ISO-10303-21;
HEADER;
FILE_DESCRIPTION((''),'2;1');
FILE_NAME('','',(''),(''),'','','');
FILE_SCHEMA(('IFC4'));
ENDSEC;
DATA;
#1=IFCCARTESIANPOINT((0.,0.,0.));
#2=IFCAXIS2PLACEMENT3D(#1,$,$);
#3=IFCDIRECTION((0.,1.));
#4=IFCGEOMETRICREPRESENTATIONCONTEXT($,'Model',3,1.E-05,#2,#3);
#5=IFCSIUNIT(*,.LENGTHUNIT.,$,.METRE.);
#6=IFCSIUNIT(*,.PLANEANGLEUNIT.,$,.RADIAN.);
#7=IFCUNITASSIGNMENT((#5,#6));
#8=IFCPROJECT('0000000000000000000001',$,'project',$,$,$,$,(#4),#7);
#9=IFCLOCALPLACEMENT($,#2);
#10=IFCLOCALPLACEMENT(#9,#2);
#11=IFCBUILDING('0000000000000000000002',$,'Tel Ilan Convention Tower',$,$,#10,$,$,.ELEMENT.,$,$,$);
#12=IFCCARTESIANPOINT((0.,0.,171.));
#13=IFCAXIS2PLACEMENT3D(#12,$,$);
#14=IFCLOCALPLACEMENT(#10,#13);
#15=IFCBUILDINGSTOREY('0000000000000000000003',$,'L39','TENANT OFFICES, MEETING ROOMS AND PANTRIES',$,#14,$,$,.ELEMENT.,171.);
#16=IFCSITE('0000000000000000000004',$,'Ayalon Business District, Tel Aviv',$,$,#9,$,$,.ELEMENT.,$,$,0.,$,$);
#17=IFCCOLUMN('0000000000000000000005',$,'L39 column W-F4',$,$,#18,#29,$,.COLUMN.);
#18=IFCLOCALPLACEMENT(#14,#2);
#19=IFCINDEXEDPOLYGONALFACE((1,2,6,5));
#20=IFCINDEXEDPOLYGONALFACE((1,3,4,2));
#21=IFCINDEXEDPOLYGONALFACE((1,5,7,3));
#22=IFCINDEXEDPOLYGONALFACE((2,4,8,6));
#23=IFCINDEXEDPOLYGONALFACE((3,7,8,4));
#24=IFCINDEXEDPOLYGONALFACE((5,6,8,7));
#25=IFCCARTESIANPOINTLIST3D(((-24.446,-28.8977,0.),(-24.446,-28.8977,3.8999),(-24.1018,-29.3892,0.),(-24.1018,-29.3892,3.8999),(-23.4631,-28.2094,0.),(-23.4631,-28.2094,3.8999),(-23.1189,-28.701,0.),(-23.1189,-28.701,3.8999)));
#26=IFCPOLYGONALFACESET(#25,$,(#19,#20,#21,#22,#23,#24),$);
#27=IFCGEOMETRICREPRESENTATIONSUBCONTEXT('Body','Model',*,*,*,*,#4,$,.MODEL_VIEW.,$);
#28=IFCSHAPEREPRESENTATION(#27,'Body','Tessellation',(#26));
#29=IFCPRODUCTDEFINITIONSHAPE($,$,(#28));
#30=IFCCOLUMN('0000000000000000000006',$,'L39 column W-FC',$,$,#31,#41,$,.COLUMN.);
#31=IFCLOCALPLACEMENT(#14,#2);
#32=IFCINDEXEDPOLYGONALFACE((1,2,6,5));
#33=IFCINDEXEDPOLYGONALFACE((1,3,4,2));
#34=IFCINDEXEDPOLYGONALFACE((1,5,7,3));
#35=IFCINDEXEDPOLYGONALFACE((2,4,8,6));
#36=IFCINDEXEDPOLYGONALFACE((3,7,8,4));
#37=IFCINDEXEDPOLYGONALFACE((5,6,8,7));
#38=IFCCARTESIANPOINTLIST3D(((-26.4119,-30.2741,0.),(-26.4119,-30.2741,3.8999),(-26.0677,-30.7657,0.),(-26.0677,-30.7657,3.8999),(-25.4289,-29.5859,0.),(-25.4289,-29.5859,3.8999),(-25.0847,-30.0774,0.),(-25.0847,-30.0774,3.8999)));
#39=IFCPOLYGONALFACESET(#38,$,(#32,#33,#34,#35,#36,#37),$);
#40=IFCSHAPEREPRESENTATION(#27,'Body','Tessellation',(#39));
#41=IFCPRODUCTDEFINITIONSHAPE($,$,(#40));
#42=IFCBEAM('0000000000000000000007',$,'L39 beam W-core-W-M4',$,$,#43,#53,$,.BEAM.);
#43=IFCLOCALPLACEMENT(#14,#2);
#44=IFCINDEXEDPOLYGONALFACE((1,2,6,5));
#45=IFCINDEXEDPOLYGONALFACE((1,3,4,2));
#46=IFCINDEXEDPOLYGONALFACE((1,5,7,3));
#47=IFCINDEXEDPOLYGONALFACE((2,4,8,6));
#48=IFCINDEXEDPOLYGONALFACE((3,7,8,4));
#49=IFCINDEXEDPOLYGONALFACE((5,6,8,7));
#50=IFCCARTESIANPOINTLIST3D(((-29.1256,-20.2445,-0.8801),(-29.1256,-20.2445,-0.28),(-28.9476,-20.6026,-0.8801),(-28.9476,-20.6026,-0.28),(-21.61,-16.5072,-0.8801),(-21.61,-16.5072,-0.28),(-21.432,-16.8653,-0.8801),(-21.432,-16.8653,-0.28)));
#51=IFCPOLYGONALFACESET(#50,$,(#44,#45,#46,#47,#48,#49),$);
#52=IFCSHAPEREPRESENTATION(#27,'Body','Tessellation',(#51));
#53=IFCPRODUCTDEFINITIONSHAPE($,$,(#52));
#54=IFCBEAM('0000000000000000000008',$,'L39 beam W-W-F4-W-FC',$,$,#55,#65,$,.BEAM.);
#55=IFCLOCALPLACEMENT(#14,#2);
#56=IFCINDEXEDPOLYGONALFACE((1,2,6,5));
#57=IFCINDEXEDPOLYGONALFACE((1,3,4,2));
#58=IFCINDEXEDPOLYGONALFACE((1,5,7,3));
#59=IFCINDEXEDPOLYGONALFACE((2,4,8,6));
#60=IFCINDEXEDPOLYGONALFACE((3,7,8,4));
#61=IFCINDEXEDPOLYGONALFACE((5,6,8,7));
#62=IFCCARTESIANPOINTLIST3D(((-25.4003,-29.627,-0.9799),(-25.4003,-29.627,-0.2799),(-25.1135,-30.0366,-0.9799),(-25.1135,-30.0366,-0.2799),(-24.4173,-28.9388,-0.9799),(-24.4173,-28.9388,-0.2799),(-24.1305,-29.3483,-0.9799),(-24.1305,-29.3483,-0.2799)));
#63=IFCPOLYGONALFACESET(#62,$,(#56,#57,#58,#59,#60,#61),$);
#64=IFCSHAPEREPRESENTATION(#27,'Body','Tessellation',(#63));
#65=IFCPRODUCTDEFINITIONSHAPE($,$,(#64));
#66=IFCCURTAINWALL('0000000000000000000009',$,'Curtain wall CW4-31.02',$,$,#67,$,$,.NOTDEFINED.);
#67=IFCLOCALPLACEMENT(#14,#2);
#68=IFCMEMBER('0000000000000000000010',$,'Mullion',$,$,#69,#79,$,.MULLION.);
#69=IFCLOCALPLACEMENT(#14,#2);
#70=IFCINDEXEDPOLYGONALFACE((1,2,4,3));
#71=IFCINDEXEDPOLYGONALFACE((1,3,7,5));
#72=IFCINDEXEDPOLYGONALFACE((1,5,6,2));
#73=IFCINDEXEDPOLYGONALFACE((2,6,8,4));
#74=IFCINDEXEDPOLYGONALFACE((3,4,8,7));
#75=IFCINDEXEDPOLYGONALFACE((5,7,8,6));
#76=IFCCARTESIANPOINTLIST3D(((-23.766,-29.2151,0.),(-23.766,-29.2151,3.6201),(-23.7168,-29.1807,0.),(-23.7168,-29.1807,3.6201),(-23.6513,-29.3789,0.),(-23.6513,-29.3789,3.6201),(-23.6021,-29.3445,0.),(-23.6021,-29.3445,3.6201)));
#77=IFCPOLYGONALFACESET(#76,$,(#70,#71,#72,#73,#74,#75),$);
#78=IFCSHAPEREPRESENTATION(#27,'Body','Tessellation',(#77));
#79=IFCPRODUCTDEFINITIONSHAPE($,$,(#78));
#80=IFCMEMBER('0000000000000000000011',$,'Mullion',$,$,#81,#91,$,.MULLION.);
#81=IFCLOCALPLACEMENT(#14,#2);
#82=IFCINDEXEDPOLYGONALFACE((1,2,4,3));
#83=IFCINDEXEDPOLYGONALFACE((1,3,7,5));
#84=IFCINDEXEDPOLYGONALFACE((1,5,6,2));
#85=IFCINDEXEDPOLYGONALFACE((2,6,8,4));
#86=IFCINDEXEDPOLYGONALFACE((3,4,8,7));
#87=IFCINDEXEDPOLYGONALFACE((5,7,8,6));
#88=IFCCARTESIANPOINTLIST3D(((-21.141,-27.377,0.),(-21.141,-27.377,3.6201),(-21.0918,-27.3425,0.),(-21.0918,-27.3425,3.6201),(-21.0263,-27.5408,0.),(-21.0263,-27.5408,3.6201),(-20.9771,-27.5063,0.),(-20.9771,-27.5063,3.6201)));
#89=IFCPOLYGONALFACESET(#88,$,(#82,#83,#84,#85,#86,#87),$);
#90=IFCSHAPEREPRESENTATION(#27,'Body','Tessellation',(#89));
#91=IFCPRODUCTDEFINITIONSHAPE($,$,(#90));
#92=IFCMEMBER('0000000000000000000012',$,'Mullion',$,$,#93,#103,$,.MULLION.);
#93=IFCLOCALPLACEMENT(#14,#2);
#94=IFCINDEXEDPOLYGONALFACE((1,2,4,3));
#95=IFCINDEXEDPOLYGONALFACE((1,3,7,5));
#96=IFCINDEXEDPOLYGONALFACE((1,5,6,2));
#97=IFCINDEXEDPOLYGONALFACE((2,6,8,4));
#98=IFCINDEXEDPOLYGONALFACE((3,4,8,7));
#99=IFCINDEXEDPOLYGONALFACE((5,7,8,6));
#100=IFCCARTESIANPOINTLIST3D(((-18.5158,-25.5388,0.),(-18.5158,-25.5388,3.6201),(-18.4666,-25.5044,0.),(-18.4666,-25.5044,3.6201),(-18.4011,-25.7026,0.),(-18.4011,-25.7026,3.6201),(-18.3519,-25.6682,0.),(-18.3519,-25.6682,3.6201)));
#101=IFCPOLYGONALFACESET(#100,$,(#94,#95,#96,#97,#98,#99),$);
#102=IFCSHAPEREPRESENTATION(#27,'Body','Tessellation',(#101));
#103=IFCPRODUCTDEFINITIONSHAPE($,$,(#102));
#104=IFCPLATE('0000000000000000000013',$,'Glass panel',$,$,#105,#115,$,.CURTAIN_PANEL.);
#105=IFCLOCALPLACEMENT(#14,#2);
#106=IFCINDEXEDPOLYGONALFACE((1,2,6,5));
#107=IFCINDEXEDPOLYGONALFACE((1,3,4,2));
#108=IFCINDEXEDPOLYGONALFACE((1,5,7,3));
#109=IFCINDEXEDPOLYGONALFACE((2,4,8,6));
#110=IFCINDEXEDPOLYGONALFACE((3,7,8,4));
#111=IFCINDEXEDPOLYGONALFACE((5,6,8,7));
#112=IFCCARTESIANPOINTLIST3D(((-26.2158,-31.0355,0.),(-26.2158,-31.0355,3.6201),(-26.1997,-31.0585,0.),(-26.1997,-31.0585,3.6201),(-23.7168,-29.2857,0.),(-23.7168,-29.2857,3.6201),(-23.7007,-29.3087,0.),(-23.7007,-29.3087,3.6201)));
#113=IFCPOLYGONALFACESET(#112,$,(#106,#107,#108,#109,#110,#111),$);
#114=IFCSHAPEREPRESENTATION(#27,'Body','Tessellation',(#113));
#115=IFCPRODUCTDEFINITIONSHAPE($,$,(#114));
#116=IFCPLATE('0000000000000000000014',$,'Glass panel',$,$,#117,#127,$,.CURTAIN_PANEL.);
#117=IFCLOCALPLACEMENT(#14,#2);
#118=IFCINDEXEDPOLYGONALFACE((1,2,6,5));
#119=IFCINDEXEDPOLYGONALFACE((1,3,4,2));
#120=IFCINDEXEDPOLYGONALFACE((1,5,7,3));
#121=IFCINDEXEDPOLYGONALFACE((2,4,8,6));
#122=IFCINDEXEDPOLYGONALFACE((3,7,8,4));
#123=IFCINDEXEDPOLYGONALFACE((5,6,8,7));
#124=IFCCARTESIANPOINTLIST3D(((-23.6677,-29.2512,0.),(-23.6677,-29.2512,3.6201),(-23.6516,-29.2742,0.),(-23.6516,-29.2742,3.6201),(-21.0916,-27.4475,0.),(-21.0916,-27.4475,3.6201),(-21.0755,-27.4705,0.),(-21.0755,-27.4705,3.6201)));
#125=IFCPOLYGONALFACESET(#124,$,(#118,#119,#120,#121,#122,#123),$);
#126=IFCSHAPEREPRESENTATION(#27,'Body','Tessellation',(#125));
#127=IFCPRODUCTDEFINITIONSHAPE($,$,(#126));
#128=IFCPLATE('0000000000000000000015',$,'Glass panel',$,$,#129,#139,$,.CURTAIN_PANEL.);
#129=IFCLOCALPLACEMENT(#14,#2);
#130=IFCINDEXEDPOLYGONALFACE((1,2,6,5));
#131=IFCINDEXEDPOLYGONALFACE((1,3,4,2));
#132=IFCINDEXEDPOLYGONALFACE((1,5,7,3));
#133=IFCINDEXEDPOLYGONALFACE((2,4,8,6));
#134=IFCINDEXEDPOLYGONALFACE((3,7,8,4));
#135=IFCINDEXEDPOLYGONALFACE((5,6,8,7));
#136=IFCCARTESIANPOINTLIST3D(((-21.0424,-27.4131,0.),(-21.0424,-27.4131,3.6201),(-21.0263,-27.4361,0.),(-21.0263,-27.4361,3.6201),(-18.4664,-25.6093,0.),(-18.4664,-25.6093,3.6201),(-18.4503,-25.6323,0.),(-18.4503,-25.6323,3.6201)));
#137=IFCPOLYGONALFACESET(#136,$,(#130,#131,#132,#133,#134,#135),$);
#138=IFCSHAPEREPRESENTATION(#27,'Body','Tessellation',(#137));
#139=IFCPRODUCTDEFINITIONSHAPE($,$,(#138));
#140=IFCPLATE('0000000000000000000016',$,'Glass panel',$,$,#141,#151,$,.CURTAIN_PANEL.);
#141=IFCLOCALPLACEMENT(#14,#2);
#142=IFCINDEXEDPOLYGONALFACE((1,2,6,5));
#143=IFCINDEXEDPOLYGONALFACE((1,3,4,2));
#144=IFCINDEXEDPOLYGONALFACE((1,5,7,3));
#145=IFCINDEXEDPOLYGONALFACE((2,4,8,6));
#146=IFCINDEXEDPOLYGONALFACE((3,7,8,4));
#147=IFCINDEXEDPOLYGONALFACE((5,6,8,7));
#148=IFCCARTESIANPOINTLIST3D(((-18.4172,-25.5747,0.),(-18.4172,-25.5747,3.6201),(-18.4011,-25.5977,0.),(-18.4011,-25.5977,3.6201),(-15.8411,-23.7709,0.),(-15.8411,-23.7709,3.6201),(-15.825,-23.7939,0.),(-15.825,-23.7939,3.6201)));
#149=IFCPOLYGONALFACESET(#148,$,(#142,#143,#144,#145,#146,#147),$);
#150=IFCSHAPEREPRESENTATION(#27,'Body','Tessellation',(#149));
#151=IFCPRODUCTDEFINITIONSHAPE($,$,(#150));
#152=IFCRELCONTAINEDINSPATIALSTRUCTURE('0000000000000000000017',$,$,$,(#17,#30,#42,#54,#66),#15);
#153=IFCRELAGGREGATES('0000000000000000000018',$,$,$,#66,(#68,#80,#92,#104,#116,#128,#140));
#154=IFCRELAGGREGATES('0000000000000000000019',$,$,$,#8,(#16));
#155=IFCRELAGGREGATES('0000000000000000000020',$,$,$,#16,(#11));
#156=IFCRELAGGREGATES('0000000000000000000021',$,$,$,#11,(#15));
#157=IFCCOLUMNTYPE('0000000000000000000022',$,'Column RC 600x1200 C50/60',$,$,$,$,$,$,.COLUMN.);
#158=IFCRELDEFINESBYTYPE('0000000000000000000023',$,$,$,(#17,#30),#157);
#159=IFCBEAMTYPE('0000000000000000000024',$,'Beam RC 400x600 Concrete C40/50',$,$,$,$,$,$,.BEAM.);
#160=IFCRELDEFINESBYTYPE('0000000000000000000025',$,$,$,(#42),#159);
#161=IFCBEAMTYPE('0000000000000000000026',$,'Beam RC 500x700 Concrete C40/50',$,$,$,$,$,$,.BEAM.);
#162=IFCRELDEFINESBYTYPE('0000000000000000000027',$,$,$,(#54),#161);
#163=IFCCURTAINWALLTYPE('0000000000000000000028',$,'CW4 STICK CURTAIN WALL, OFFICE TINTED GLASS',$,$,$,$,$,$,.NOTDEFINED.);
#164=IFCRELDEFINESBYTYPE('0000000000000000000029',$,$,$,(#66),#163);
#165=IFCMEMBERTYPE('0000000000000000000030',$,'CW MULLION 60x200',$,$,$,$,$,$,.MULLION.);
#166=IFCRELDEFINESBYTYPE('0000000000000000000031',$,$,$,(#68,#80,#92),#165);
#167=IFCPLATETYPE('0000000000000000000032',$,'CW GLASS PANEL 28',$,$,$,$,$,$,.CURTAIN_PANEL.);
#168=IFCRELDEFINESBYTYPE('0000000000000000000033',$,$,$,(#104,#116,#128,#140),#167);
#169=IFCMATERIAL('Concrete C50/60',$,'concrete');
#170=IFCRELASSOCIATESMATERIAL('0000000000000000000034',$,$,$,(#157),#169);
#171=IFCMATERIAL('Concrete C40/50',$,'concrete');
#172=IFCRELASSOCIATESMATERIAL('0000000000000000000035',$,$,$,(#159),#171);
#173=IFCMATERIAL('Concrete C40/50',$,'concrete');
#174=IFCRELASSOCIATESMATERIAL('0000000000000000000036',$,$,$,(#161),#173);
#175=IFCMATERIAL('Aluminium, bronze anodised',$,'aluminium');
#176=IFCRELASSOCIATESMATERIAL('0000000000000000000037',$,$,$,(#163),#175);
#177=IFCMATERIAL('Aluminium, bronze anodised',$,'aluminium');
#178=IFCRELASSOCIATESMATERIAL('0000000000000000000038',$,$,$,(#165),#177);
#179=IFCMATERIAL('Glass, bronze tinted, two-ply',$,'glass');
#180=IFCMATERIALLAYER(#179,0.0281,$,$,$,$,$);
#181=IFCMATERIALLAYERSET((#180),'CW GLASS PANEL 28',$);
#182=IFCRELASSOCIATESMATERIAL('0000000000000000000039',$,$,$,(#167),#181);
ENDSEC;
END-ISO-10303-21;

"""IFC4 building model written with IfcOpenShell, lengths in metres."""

from ifc_helpers import new_model, si_unit, direction, frame, origin, origin_2d, place, context, subcontext, project, spatial, rectangle, extrude, material, layer, layer_set, material_profile, profile_set, type_object, element, aggregate, save


model = new_model("IFC4")

# Units and contexts
model_context = context("Model", 3, precision=1e-05, world=origin(), true_north=direction((0.0, 1.0)))
body_context = subcontext(model_context, "Body", "Model", "MODEL_VIEW")
ifc_project = project(units=[si_unit("LENGTHUNIT", "METRE"), si_unit("PLANEANGLEUNIT", "RADIAN")], contexts=[model_context])

# Site, building, storey
site_placement = place(None, origin())
site = spatial("IfcSite", under=ifc_project, at=site_placement, Name="Ayalon Business District, Tel Aviv", CompositionType="ELEMENT", RefElevation=0.0)
building_placement = place(site_placement, origin())
building = spatial("IfcBuilding", under=site, at=building_placement, Name="Tel Ilan Convention Tower", CompositionType="ELEMENT")
storey_placement = place(building_placement, frame((0.0, 0.0, 171.0)))
storey = spatial("IfcBuildingStorey", under=building, at=storey_placement, Name="L39", Description="TENANT OFFICES, MEETING ROOMS AND PANTRIES", CompositionType="ELEMENT", Elevation=171.0)

# Columns
ifc_material_1 = material(Name="Concrete C50/60", Category="concrete")
ifc_material_profile_1 = material_profile(ifc_material_1, rectangle(XDim=1.2, YDim=0.6001, at=origin_2d()), Name="RC 600x1200")
ifc_profile_set_1 = profile_set([ifc_material_profile_1], Name="Concrete C50/60")
column_type = type_object("IfcColumnType", Name="Column RC 600x1200 C50/60", PredefinedType="COLUMN", material=ifc_profile_set_1)
for number, where, z_axis, x_axis, name in (
    (1, (-23.7825, -28.7993, 0.0), (0.0, 0.0, 1.0), (-0.819152, -0.573576, 0.0), "L39 column W-F4"),
    (2, (-25.7483, -30.1758, 0.0), (0.0, 0.0, 1.0), (-0.819152, -0.573576, 0.0), "L39 column W-FC"),
):
    element("IfcColumn", number, at=place(storey_placement, frame(where, z_axis=z_axis, x_axis=x_axis)), inside=storey, type_object=column_type, Name=name, PredefinedType="COLUMN", context=body_context, shape_type="SweptSolid", body=[
        extrude(rectangle(XDim=1.2, YDim=0.6001, at=origin_2d()), origin(), (0.0, 0.0, 1.0), 3.8999),
    ])

# Beams
ifc_material_2 = material(Name="Concrete C40/50", Category="concrete")
ifc_material_profile_2 = material_profile(ifc_material_2, rectangle(XDim=0.3999, YDim=0.6001, at=origin_2d()), Name="RC 400x600")
ifc_profile_set_2 = profile_set([ifc_material_profile_2], Name="Concrete C40/50")
beam_type_1 = type_object("IfcBeamType", Name="Beam RC 400x600 Concrete C40/50", PredefinedType="BEAM", material=ifc_profile_set_2)
beam_1_placement = place(storey_placement, frame((-21.521, -16.6863, -0.5801), z_axis=(-0.895402, -0.445258, 0.0), x_axis=(0.445258, -0.895402, 0.0)))
element("IfcBeam", 3, at=beam_1_placement, inside=storey, type_object=beam_type_1, Name="L39 beam W-core-W-M4", PredefinedType="BEAM", context=body_context, shape_type="SweptSolid", body=[
    extrude(rectangle(XDim=0.3999, YDim=0.6001, at=origin_2d()), origin(), (0.0, 0.0, 1.0), 8.3936),
])
ifc_material_3 = material(Name="Concrete C40/50", Category="concrete")
ifc_material_profile_3 = material_profile(ifc_material_3, rectangle(XDim=0.5, YDim=0.7, at=origin_2d()), Name="RC 500x700")
ifc_profile_set_3 = profile_set([ifc_material_profile_3], Name="Concrete C40/50")
beam_type_2 = type_object("IfcBeamType", Name="Beam RC 500x700 Concrete C40/50", PredefinedType="BEAM", material=ifc_profile_set_3)
beam_2_placement = place(storey_placement, frame((-24.2739, -29.1436, -0.6299), z_axis=(-0.819155, -0.573572, 0.0), x_axis=(0.573572, -0.819155, 0.0)))
element("IfcBeam", 4, at=beam_2_placement, inside=storey, type_object=beam_type_2, Name="L39 beam W-W-F4-W-FC", PredefinedType="BEAM", context=body_context, shape_type="SweptSolid", body=[
    extrude(rectangle(XDim=0.5, YDim=0.7, at=origin_2d()), origin(), (0.0, 0.0, 1.0), 1.2),
])

# Curtain wall, members, plates
ifc_material_4 = material(Name="Aluminium, bronze anodised", Category="aluminium")
curtain_wall_type = type_object("IfcCurtainWallType", Name="CW4 STICK CURTAIN WALL, OFFICE TINTED GLASS", PredefinedType="NOTDEFINED", material=ifc_material_4)
curtain_wall_placement = place(storey_placement, origin())
curtain_wall = element("IfcCurtainWall", 5, at=curtain_wall_placement, inside=storey, type_object=curtain_wall_type, Name="Curtain wall CW4-31.02", PredefinedType="NOTDEFINED")
ifc_material_5 = material(Name="Aluminium, bronze anodised", Category="aluminium")
ifc_material_profile_4 = material_profile(ifc_material_5, rectangle(XDim=0.0601, YDim=0.2, at=origin_2d()), Name="CW MULLION 60x200")
ifc_profile_set_4 = profile_set([ifc_material_profile_4], Name="Aluminium, bronze anodised")
member_type = type_object("IfcMemberType", Name="CW MULLION 60x200", PredefinedType="MULLION", material=ifc_profile_set_4)
member_1_placement = place(storey_placement, frame((-23.6841, -29.2798, 0.0), z_axis=(0.0, 0.0, 1.0), x_axis=(0.819152, 0.573576, 0.0)))
member_1 = element("IfcMember", 6, at=member_1_placement, type_object=member_type, Name="Mullion", PredefinedType="MULLION", context=body_context, shape_type="SweptSolid", body=[
    extrude(rectangle(XDim=0.0601, YDim=0.2, at=origin_2d()), origin(), (0.0, 0.0, 1.0), 3.6201),
])
member_2_placement = place(storey_placement, frame((-21.0591, -27.4417, 0.0), z_axis=(0.0, 0.0, 1.0), x_axis=(0.819152, 0.573576, 0.0)))
member_2 = element("IfcMember", 7, at=member_2_placement, type_object=member_type, Name="Mullion", PredefinedType="MULLION", context=body_context, shape_type="SweptSolid", body=[
    extrude(rectangle(XDim=0.0601, YDim=0.2, at=origin_2d()), origin(), (0.0, 0.0, 1.0), 3.6201),
])
member_3_placement = place(storey_placement, frame((-18.4338, -25.6035, 0.0), z_axis=(0.0, 0.0, 1.0), x_axis=(0.819152, 0.573576, 0.0)))
member_3 = element("IfcMember", 8, at=member_3_placement, type_object=member_type, Name="Mullion", PredefinedType="MULLION", context=body_context, shape_type="SweptSolid", body=[
    extrude(rectangle(XDim=0.0601, YDim=0.2, at=origin_2d()), origin(), (0.0, 0.0, 1.0), 3.6201),
])
ifc_material_6 = material(Name="Glass, bronze tinted, two-ply", Category="glass")
ifc_layer_1 = layer(ifc_material_6, 0.0281)
ifc_layer_set_1 = layer_set([ifc_layer_1], Name="CW GLASS PANEL 28")
plate_type = type_object("IfcPlateType", Name="CW GLASS PANEL 28", PredefinedType="CURTAIN_PANEL", material=ifc_layer_set_1)
plate_1_placement = place(storey_placement, frame((-24.9583, -30.1721, 0.0), z_axis=(0.0, 0.0, 1.0), x_axis=(0.819152, 0.573576, 0.0)))
plate_1 = element("IfcPlate", 9, at=plate_1_placement, type_object=plate_type, Name="Glass panel", PredefinedType="CURTAIN_PANEL", context=body_context, shape_type="SweptSolid", body=[
    extrude(rectangle(XDim=3.0508, YDim=0.0281, at=origin_2d()), origin(), (0.0, 0.0, 1.0), 3.6201),
])
plate_2_placement = place(storey_placement, frame((-22.3716, -28.3608, 0.0), z_axis=(0.0, 0.0, 1.0), x_axis=(0.819152, 0.573576, 0.0)))
plate_2 = element("IfcPlate", 10, at=plate_2_placement, type_object=plate_type, Name="Glass panel", PredefinedType="CURTAIN_PANEL", context=body_context, shape_type="SweptSolid", body=[
    extrude(rectangle(XDim=3.1448, YDim=0.0281, at=origin_2d()), origin(), (0.0, 0.0, 1.0), 3.6201),
])
plate_3_placement = place(storey_placement, frame((-19.7463, -26.5227, 0.0), z_axis=(0.0, 0.0, 1.0), x_axis=(0.819152, 0.573576, 0.0)))
plate_3 = element("IfcPlate", 11, at=plate_3_placement, type_object=plate_type, Name="Glass panel", PredefinedType="CURTAIN_PANEL", context=body_context, shape_type="SweptSolid", body=[
    extrude(rectangle(XDim=3.1448, YDim=0.0281, at=origin_2d()), origin(), (0.0, 0.0, 1.0), 3.6201),
])
plate_4_placement = place(storey_placement, frame((-17.1211, -24.6843, 0.0), z_axis=(0.0, 0.0, 1.0), x_axis=(0.819152, 0.573576, 0.0)))
plate_4 = element("IfcPlate", 12, at=plate_4_placement, type_object=plate_type, Name="Glass panel", PredefinedType="CURTAIN_PANEL", context=body_context, shape_type="SweptSolid", body=[
    extrude(rectangle(XDim=3.1448, YDim=0.0281, at=origin_2d()), origin(), (0.0, 0.0, 1.0), 3.6201),
])
aggregate(curtain_wall, [member_1, member_2, member_3, plate_1, plate_2, plate_3, plate_4])

save(model, "model.ifc")
